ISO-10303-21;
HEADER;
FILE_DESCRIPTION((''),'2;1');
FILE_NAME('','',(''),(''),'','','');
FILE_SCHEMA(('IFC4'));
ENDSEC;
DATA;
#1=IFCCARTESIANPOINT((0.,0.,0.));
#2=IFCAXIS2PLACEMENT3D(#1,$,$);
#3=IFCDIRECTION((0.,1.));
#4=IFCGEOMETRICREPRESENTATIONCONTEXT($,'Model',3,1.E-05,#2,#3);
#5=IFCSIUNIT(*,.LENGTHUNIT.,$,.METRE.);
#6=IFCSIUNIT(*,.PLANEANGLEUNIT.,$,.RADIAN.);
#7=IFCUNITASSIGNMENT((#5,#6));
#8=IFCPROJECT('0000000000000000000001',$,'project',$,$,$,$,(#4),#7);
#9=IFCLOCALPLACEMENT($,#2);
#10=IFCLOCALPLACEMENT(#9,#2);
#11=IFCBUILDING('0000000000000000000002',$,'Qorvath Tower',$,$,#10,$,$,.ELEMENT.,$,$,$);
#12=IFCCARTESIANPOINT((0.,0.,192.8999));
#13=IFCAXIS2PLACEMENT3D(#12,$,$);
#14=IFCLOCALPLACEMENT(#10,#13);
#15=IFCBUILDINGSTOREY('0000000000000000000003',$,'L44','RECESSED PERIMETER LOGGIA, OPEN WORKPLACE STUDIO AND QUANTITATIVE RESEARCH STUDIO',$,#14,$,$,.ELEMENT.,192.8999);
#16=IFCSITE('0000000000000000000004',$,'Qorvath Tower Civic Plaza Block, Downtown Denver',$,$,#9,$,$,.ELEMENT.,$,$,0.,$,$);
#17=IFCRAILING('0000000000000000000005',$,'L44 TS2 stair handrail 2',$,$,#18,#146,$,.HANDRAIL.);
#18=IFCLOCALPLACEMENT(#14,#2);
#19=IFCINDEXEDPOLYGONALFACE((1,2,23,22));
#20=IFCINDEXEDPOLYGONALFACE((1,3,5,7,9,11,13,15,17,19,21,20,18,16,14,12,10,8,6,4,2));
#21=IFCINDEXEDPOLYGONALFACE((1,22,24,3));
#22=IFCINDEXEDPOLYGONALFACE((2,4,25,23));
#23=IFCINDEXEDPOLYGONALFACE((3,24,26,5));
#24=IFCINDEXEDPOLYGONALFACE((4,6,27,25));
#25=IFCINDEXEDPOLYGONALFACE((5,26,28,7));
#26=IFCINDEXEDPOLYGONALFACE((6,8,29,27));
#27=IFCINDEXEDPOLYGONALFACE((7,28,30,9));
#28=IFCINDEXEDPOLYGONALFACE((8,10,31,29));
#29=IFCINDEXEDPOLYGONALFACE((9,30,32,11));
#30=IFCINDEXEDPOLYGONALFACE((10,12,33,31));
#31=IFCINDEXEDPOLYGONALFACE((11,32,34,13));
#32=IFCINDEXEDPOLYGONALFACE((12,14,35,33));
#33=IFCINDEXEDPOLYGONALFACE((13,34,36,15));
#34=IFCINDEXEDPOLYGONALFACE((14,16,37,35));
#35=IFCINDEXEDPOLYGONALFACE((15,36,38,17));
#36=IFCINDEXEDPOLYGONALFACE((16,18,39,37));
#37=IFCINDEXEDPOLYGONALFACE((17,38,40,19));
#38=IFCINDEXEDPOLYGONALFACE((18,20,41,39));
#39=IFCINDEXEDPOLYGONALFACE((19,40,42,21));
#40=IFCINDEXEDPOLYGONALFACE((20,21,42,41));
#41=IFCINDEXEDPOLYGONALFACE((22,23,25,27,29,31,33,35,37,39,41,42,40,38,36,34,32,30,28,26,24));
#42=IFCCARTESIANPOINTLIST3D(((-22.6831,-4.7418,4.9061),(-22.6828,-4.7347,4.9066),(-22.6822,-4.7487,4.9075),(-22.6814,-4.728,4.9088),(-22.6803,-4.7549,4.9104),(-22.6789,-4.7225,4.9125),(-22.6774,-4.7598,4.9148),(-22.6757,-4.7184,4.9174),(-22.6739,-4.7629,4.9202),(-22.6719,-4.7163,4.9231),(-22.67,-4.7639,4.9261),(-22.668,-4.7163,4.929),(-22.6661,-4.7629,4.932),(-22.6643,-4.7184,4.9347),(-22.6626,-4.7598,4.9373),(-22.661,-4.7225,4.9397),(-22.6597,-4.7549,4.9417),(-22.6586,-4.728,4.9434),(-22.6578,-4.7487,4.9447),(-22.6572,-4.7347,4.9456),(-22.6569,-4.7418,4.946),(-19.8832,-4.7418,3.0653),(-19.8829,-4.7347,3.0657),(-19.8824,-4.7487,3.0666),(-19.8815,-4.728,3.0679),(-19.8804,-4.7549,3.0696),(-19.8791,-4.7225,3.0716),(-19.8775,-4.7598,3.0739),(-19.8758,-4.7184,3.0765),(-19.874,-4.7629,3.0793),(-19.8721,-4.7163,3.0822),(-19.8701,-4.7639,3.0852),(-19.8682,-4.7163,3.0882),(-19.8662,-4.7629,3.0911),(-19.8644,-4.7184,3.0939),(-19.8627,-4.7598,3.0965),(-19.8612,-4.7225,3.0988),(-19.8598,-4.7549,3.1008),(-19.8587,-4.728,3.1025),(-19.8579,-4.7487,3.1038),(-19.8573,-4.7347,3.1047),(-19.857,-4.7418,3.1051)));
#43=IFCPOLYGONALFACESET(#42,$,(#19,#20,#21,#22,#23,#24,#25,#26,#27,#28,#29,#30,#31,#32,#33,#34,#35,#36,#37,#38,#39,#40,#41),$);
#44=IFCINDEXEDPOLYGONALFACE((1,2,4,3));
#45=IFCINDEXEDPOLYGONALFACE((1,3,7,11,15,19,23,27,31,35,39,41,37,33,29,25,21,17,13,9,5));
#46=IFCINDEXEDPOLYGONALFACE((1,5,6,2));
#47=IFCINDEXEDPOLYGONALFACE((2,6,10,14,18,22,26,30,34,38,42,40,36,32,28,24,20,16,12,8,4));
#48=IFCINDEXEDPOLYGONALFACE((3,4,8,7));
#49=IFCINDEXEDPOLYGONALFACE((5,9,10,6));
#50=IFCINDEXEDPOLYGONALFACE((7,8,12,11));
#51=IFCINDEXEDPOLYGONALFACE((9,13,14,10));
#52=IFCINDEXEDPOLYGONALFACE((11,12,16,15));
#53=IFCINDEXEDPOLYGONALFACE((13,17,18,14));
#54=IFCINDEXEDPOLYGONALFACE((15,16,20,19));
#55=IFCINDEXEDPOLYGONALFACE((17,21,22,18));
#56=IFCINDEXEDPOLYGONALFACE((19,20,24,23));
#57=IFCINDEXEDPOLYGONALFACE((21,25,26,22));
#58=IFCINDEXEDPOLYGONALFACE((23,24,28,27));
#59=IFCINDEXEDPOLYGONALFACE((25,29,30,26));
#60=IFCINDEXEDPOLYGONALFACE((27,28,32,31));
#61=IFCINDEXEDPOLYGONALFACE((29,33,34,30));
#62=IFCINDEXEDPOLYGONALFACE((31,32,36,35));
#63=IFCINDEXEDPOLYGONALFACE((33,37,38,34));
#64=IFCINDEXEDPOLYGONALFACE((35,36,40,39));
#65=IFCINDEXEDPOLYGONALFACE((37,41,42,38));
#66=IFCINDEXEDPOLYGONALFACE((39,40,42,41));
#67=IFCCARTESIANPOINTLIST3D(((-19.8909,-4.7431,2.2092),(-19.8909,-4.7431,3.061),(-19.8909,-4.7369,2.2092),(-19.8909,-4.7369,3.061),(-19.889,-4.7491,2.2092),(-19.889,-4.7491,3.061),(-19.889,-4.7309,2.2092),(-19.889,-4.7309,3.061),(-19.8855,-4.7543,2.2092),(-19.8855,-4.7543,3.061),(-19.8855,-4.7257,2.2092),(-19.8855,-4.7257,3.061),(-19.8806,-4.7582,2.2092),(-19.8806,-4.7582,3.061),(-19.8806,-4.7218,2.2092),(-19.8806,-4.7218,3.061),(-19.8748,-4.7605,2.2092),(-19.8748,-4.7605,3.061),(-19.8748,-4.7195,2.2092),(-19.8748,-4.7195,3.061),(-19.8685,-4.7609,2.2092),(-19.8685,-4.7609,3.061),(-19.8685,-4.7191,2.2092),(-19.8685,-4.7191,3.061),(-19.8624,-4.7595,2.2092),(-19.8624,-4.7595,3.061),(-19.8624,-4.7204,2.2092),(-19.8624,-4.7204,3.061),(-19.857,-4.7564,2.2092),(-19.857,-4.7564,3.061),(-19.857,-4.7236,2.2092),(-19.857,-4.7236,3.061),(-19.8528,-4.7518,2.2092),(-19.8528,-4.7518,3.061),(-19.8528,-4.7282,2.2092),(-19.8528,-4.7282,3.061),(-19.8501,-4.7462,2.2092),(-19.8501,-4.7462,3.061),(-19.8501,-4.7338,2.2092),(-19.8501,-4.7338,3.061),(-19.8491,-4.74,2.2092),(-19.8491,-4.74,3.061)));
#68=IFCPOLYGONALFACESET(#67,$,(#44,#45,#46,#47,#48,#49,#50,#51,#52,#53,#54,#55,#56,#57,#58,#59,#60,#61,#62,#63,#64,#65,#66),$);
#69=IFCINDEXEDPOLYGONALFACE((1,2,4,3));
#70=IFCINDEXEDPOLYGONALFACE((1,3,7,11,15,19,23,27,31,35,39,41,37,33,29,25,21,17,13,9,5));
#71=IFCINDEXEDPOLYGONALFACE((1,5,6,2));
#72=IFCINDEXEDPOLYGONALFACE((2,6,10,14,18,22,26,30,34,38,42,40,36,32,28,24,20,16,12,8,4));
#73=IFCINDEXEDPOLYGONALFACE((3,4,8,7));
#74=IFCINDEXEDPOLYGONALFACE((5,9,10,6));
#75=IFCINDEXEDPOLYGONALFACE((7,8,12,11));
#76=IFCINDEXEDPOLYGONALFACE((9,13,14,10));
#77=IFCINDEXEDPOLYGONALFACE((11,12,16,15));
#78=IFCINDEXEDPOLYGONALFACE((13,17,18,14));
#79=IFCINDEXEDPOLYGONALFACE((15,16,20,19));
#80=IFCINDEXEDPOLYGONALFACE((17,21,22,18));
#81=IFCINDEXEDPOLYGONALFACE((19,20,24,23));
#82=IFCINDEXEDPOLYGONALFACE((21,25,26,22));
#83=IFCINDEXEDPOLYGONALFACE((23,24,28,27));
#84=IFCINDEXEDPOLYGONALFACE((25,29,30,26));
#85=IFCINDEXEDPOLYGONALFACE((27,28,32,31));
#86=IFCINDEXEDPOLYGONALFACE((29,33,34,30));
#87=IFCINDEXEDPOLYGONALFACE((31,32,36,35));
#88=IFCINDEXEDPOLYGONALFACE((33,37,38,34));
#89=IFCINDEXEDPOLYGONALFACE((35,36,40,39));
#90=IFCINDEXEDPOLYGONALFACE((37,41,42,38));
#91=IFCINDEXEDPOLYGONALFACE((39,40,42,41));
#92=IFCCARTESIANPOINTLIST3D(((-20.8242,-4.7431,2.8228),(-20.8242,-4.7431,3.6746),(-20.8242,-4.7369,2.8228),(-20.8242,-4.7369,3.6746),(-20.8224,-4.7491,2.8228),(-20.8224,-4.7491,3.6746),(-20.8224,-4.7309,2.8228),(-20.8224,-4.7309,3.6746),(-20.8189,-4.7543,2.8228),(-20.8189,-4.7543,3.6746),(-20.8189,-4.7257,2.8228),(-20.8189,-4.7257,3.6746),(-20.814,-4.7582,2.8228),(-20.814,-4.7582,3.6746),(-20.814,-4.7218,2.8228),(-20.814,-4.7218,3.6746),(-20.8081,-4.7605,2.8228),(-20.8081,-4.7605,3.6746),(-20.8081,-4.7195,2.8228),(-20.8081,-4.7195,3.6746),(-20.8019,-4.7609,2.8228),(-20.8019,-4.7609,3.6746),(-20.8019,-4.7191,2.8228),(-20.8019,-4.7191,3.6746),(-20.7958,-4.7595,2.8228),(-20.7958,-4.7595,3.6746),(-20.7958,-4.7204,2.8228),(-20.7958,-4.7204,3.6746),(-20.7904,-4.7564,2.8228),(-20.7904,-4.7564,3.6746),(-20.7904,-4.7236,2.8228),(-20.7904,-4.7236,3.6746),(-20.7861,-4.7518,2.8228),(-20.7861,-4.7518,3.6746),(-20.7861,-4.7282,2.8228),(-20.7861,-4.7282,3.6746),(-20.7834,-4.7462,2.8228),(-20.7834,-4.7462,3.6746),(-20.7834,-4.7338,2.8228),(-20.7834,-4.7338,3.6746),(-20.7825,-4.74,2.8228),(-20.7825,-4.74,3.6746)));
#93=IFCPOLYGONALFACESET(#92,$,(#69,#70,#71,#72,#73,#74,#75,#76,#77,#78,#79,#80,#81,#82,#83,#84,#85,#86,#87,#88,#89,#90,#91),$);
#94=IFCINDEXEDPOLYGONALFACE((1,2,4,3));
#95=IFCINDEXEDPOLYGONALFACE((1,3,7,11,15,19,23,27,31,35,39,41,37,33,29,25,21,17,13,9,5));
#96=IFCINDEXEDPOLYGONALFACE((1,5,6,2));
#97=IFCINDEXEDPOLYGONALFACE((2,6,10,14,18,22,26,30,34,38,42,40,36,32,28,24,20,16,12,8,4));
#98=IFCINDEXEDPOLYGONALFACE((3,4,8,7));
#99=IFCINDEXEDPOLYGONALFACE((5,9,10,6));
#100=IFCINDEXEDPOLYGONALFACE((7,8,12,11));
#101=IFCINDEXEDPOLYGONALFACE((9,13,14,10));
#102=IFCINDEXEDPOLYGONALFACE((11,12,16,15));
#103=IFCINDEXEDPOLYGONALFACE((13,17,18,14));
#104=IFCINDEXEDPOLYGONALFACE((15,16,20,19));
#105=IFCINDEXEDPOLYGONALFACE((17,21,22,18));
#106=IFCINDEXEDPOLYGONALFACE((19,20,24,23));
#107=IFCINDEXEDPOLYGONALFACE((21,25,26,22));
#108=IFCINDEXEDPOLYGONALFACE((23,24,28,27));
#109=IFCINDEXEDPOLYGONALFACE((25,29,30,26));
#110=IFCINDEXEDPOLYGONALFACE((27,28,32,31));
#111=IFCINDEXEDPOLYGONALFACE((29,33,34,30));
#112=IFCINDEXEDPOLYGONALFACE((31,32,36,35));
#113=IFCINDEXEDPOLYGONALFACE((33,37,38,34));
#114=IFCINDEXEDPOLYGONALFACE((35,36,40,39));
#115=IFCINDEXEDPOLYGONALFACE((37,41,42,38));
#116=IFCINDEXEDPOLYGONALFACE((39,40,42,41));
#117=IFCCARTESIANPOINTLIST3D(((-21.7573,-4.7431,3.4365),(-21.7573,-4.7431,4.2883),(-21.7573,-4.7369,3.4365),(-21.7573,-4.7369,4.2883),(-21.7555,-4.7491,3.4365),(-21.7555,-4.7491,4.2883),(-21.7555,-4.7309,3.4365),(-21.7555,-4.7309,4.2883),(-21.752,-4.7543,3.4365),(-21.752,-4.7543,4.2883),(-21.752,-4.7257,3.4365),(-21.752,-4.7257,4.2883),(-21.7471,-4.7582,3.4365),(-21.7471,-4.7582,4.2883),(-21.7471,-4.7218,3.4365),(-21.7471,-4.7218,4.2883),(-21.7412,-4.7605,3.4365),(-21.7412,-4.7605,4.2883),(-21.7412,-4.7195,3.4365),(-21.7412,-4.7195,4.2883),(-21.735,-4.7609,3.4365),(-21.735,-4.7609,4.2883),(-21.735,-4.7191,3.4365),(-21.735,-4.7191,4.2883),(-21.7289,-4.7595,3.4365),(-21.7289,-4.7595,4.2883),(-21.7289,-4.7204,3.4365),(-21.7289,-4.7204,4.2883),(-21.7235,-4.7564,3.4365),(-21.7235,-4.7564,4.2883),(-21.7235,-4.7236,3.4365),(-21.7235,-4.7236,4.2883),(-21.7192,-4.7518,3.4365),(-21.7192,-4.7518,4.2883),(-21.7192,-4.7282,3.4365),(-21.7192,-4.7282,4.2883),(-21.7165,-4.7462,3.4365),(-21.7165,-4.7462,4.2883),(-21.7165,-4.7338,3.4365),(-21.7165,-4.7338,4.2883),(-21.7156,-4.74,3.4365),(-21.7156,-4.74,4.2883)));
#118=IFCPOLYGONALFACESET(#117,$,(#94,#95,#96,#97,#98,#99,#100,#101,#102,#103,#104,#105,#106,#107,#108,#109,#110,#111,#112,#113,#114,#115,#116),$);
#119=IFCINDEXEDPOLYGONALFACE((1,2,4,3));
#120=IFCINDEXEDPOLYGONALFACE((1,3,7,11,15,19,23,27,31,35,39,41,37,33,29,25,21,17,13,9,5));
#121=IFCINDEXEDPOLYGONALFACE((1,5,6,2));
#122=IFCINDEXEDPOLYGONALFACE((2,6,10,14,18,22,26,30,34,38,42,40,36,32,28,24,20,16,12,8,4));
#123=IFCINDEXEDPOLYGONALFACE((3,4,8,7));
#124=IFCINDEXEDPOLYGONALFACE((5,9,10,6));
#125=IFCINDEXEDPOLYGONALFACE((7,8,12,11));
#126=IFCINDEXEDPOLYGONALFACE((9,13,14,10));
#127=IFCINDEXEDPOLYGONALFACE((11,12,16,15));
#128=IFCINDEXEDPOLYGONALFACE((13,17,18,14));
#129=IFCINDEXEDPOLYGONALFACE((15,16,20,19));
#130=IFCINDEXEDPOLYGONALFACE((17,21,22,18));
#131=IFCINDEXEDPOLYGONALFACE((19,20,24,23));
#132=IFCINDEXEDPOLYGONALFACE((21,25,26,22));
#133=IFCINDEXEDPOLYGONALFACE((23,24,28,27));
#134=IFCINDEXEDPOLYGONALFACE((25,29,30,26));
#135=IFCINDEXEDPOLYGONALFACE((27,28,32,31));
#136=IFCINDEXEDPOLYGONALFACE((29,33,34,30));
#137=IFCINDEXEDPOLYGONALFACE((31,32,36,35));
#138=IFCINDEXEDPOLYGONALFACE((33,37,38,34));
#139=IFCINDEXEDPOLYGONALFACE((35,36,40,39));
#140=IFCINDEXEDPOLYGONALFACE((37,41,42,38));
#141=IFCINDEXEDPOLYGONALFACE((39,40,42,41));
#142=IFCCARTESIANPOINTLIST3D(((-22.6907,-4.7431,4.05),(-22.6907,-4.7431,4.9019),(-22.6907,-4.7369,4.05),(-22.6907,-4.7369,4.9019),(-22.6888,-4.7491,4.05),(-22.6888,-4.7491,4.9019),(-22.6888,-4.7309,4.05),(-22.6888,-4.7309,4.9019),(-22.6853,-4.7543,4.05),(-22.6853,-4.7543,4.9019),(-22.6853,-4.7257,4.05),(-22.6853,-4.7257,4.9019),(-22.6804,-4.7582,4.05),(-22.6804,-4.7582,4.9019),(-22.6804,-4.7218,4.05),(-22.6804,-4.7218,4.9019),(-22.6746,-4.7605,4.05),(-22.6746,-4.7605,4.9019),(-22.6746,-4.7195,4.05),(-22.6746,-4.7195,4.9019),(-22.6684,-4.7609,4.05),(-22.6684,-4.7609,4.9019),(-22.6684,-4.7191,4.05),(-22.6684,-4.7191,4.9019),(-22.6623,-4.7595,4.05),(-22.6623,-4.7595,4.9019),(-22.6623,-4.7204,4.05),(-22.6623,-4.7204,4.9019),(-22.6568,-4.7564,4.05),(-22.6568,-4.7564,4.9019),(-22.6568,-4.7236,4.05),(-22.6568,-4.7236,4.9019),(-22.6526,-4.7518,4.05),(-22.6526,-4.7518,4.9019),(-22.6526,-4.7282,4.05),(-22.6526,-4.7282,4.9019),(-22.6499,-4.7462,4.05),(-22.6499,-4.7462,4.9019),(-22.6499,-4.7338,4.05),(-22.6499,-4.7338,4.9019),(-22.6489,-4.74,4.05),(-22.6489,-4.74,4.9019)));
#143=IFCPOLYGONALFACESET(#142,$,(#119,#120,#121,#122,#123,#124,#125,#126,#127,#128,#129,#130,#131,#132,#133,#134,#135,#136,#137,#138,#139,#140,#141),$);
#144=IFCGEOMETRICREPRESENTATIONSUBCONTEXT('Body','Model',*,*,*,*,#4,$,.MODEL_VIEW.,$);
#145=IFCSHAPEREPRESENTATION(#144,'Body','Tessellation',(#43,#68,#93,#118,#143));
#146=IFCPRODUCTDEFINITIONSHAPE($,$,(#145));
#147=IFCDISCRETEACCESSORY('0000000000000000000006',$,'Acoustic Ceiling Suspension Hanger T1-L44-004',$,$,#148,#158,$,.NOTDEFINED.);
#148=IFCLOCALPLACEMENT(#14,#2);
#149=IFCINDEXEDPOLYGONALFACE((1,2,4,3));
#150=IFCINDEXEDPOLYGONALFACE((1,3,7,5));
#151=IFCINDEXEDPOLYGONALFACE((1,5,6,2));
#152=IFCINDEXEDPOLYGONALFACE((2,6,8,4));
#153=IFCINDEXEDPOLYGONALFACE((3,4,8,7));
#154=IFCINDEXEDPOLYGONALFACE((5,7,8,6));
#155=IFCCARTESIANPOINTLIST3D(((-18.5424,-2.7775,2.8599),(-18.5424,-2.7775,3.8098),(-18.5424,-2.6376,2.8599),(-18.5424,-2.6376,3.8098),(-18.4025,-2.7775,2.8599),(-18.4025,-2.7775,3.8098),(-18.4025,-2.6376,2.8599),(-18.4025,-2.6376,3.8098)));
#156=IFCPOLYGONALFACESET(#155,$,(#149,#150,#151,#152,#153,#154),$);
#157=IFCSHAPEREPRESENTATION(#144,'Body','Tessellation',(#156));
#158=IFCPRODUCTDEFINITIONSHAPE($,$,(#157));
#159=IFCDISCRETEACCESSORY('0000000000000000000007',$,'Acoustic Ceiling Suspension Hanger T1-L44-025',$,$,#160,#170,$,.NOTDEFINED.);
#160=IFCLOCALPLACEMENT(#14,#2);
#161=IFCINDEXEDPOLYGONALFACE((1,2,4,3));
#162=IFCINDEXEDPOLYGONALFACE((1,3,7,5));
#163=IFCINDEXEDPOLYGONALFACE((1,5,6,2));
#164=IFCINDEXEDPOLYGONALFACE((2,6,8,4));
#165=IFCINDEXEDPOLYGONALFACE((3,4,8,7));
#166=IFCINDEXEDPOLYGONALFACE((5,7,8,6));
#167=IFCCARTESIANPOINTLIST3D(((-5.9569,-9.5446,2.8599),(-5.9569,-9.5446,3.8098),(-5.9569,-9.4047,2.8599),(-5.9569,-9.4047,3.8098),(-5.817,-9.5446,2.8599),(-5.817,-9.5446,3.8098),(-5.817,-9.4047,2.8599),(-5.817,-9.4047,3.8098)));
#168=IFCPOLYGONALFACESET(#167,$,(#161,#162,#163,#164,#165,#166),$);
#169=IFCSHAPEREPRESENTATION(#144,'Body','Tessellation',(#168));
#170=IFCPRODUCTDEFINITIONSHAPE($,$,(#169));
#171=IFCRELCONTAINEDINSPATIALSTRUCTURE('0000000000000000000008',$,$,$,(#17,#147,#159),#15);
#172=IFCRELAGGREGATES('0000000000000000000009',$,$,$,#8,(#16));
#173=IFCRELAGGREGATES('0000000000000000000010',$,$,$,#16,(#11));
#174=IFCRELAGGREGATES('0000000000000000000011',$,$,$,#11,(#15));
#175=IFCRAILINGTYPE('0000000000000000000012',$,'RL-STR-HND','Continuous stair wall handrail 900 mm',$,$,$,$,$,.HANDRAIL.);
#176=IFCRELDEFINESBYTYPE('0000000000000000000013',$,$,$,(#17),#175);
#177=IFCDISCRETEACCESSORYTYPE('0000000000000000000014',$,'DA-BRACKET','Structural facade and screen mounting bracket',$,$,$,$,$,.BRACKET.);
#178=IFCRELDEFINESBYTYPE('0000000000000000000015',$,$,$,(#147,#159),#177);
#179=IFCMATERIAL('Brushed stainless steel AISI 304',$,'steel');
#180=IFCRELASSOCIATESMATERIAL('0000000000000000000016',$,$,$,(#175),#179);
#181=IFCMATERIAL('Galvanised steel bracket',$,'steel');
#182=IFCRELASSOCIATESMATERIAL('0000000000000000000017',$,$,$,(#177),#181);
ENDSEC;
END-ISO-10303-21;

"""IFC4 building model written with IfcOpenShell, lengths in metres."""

from ifc_helpers import new_model, si_unit, direction, frame, origin, origin_2d, place, context, subcontext, project, spatial, rectangle, circle, extrude, material, type_object, element, save


model = new_model("IFC4")

# Units and contexts
model_context = context("Model", 3, precision=1e-05, world=origin(), true_north=direction((0.0, 1.0)))
body_context = subcontext(model_context, "Body", "Model", "MODEL_VIEW")
ifc_project = project(units=[si_unit("LENGTHUNIT", "METRE"), si_unit("PLANEANGLEUNIT", "RADIAN")], contexts=[model_context])

# Site, building, storey
site_placement = place(None, origin())
site = spatial("IfcSite", under=ifc_project, at=site_placement, Name="Qorvath Tower Civic Plaza Block, Downtown Denver", CompositionType="ELEMENT", RefElevation=0.0)
building_placement = place(site_placement, origin())
building = spatial("IfcBuilding", under=site, at=building_placement, Name="Qorvath Tower", CompositionType="ELEMENT")
storey_placement = place(building_placement, frame((0.0, 0.0, 192.8999)))
storey = spatial("IfcBuildingStorey", under=building, at=storey_placement, Name="L44", Description="RECESSED PERIMETER LOGGIA, OPEN WORKPLACE STUDIO AND QUANTITATIVE RESEARCH STUDIO", CompositionType="ELEMENT", Elevation=192.8999)

# Railing
ifc_material_1 = material(Name="Brushed stainless steel AISI 304", Category="steel")
railing_type_1 = type_object("IfcRailingType", Name="RL-STR-HND", Description="Continuous stair wall handrail 900 mm", PredefinedType="HANDRAIL", material=ifc_material_1)
railing_1_placement = place(storey_placement, frame((-19.8701, -4.74, 2.2092)))
element("IfcRailing", 1, at=railing_1_placement, inside=storey, type_object=railing_type_1, Name="L44 TS2 stair handrail 2", PredefinedType="HANDRAIL", context=body_context, shape_type="SweptSolid", body=[
    extrude(circle(Radius=0.0239, at=origin_2d()), frame((0.0, 0.0, 0.876), z_axis=(-0.835576, 0.0, 0.549376), x_axis=(0.0, -1.0, 0.0)), (0.0, 0.0, 1.0), 3.3508),
    extrude(circle(Radius=0.021, at=origin_2d()), origin(), (0.0, 0.0, 1.0), 0.8518),
    extrude(circle(Radius=0.021, at=origin_2d()), frame((-0.9333, 0.0, 0.6135)), (0.0, 0.0, 1.0), 0.8518),
    extrude(circle(Radius=0.021, at=origin_2d()), frame((-1.8665, 0.0, 1.2273)), (0.0, 0.0, 1.0), 0.8518),
    extrude(circle(Radius=0.021, at=origin_2d()), frame((-2.7998, 0.0, 1.8408)), (0.0, 0.0, 1.0), 0.8518),
])

# Discrete accessories
ifc_material_2 = material(Name="Galvanised steel bracket", Category="steel")
discrete_accessory_type = type_object("IfcDiscreteAccessoryType", Name="DA-BRACKET", Description="Structural facade and screen mounting bracket", PredefinedType="BRACKET", material=ifc_material_2)
for number, where, z_axis, x_axis, name in (
    (2, (-18.4724, -2.7075, 2.8599), (0.0, 0.0, 1.0), (1.0, 0.0, 0.0), "Acoustic Ceiling Suspension Hanger T1-L44-004"),
    (3, (-5.887, -9.4746, 2.8599), (0.0, 0.0, 1.0), (1.0, 0.0, 0.0), "Acoustic Ceiling Suspension Hanger T1-L44-025"),
):
    element("IfcDiscreteAccessory", number, at=place(storey_placement, frame(where, z_axis=z_axis, x_axis=x_axis)), inside=storey, type_object=discrete_accessory_type, Name=name, PredefinedType="NOTDEFINED", context=body_context, shape_type="SweptSolid", body=[
        extrude(rectangle(XDim=0.1399, YDim=0.1399, at=origin_2d()), origin(), (0.0, 0.0, 1.0), 0.95),
    ])

save(model, "model.ifc")
